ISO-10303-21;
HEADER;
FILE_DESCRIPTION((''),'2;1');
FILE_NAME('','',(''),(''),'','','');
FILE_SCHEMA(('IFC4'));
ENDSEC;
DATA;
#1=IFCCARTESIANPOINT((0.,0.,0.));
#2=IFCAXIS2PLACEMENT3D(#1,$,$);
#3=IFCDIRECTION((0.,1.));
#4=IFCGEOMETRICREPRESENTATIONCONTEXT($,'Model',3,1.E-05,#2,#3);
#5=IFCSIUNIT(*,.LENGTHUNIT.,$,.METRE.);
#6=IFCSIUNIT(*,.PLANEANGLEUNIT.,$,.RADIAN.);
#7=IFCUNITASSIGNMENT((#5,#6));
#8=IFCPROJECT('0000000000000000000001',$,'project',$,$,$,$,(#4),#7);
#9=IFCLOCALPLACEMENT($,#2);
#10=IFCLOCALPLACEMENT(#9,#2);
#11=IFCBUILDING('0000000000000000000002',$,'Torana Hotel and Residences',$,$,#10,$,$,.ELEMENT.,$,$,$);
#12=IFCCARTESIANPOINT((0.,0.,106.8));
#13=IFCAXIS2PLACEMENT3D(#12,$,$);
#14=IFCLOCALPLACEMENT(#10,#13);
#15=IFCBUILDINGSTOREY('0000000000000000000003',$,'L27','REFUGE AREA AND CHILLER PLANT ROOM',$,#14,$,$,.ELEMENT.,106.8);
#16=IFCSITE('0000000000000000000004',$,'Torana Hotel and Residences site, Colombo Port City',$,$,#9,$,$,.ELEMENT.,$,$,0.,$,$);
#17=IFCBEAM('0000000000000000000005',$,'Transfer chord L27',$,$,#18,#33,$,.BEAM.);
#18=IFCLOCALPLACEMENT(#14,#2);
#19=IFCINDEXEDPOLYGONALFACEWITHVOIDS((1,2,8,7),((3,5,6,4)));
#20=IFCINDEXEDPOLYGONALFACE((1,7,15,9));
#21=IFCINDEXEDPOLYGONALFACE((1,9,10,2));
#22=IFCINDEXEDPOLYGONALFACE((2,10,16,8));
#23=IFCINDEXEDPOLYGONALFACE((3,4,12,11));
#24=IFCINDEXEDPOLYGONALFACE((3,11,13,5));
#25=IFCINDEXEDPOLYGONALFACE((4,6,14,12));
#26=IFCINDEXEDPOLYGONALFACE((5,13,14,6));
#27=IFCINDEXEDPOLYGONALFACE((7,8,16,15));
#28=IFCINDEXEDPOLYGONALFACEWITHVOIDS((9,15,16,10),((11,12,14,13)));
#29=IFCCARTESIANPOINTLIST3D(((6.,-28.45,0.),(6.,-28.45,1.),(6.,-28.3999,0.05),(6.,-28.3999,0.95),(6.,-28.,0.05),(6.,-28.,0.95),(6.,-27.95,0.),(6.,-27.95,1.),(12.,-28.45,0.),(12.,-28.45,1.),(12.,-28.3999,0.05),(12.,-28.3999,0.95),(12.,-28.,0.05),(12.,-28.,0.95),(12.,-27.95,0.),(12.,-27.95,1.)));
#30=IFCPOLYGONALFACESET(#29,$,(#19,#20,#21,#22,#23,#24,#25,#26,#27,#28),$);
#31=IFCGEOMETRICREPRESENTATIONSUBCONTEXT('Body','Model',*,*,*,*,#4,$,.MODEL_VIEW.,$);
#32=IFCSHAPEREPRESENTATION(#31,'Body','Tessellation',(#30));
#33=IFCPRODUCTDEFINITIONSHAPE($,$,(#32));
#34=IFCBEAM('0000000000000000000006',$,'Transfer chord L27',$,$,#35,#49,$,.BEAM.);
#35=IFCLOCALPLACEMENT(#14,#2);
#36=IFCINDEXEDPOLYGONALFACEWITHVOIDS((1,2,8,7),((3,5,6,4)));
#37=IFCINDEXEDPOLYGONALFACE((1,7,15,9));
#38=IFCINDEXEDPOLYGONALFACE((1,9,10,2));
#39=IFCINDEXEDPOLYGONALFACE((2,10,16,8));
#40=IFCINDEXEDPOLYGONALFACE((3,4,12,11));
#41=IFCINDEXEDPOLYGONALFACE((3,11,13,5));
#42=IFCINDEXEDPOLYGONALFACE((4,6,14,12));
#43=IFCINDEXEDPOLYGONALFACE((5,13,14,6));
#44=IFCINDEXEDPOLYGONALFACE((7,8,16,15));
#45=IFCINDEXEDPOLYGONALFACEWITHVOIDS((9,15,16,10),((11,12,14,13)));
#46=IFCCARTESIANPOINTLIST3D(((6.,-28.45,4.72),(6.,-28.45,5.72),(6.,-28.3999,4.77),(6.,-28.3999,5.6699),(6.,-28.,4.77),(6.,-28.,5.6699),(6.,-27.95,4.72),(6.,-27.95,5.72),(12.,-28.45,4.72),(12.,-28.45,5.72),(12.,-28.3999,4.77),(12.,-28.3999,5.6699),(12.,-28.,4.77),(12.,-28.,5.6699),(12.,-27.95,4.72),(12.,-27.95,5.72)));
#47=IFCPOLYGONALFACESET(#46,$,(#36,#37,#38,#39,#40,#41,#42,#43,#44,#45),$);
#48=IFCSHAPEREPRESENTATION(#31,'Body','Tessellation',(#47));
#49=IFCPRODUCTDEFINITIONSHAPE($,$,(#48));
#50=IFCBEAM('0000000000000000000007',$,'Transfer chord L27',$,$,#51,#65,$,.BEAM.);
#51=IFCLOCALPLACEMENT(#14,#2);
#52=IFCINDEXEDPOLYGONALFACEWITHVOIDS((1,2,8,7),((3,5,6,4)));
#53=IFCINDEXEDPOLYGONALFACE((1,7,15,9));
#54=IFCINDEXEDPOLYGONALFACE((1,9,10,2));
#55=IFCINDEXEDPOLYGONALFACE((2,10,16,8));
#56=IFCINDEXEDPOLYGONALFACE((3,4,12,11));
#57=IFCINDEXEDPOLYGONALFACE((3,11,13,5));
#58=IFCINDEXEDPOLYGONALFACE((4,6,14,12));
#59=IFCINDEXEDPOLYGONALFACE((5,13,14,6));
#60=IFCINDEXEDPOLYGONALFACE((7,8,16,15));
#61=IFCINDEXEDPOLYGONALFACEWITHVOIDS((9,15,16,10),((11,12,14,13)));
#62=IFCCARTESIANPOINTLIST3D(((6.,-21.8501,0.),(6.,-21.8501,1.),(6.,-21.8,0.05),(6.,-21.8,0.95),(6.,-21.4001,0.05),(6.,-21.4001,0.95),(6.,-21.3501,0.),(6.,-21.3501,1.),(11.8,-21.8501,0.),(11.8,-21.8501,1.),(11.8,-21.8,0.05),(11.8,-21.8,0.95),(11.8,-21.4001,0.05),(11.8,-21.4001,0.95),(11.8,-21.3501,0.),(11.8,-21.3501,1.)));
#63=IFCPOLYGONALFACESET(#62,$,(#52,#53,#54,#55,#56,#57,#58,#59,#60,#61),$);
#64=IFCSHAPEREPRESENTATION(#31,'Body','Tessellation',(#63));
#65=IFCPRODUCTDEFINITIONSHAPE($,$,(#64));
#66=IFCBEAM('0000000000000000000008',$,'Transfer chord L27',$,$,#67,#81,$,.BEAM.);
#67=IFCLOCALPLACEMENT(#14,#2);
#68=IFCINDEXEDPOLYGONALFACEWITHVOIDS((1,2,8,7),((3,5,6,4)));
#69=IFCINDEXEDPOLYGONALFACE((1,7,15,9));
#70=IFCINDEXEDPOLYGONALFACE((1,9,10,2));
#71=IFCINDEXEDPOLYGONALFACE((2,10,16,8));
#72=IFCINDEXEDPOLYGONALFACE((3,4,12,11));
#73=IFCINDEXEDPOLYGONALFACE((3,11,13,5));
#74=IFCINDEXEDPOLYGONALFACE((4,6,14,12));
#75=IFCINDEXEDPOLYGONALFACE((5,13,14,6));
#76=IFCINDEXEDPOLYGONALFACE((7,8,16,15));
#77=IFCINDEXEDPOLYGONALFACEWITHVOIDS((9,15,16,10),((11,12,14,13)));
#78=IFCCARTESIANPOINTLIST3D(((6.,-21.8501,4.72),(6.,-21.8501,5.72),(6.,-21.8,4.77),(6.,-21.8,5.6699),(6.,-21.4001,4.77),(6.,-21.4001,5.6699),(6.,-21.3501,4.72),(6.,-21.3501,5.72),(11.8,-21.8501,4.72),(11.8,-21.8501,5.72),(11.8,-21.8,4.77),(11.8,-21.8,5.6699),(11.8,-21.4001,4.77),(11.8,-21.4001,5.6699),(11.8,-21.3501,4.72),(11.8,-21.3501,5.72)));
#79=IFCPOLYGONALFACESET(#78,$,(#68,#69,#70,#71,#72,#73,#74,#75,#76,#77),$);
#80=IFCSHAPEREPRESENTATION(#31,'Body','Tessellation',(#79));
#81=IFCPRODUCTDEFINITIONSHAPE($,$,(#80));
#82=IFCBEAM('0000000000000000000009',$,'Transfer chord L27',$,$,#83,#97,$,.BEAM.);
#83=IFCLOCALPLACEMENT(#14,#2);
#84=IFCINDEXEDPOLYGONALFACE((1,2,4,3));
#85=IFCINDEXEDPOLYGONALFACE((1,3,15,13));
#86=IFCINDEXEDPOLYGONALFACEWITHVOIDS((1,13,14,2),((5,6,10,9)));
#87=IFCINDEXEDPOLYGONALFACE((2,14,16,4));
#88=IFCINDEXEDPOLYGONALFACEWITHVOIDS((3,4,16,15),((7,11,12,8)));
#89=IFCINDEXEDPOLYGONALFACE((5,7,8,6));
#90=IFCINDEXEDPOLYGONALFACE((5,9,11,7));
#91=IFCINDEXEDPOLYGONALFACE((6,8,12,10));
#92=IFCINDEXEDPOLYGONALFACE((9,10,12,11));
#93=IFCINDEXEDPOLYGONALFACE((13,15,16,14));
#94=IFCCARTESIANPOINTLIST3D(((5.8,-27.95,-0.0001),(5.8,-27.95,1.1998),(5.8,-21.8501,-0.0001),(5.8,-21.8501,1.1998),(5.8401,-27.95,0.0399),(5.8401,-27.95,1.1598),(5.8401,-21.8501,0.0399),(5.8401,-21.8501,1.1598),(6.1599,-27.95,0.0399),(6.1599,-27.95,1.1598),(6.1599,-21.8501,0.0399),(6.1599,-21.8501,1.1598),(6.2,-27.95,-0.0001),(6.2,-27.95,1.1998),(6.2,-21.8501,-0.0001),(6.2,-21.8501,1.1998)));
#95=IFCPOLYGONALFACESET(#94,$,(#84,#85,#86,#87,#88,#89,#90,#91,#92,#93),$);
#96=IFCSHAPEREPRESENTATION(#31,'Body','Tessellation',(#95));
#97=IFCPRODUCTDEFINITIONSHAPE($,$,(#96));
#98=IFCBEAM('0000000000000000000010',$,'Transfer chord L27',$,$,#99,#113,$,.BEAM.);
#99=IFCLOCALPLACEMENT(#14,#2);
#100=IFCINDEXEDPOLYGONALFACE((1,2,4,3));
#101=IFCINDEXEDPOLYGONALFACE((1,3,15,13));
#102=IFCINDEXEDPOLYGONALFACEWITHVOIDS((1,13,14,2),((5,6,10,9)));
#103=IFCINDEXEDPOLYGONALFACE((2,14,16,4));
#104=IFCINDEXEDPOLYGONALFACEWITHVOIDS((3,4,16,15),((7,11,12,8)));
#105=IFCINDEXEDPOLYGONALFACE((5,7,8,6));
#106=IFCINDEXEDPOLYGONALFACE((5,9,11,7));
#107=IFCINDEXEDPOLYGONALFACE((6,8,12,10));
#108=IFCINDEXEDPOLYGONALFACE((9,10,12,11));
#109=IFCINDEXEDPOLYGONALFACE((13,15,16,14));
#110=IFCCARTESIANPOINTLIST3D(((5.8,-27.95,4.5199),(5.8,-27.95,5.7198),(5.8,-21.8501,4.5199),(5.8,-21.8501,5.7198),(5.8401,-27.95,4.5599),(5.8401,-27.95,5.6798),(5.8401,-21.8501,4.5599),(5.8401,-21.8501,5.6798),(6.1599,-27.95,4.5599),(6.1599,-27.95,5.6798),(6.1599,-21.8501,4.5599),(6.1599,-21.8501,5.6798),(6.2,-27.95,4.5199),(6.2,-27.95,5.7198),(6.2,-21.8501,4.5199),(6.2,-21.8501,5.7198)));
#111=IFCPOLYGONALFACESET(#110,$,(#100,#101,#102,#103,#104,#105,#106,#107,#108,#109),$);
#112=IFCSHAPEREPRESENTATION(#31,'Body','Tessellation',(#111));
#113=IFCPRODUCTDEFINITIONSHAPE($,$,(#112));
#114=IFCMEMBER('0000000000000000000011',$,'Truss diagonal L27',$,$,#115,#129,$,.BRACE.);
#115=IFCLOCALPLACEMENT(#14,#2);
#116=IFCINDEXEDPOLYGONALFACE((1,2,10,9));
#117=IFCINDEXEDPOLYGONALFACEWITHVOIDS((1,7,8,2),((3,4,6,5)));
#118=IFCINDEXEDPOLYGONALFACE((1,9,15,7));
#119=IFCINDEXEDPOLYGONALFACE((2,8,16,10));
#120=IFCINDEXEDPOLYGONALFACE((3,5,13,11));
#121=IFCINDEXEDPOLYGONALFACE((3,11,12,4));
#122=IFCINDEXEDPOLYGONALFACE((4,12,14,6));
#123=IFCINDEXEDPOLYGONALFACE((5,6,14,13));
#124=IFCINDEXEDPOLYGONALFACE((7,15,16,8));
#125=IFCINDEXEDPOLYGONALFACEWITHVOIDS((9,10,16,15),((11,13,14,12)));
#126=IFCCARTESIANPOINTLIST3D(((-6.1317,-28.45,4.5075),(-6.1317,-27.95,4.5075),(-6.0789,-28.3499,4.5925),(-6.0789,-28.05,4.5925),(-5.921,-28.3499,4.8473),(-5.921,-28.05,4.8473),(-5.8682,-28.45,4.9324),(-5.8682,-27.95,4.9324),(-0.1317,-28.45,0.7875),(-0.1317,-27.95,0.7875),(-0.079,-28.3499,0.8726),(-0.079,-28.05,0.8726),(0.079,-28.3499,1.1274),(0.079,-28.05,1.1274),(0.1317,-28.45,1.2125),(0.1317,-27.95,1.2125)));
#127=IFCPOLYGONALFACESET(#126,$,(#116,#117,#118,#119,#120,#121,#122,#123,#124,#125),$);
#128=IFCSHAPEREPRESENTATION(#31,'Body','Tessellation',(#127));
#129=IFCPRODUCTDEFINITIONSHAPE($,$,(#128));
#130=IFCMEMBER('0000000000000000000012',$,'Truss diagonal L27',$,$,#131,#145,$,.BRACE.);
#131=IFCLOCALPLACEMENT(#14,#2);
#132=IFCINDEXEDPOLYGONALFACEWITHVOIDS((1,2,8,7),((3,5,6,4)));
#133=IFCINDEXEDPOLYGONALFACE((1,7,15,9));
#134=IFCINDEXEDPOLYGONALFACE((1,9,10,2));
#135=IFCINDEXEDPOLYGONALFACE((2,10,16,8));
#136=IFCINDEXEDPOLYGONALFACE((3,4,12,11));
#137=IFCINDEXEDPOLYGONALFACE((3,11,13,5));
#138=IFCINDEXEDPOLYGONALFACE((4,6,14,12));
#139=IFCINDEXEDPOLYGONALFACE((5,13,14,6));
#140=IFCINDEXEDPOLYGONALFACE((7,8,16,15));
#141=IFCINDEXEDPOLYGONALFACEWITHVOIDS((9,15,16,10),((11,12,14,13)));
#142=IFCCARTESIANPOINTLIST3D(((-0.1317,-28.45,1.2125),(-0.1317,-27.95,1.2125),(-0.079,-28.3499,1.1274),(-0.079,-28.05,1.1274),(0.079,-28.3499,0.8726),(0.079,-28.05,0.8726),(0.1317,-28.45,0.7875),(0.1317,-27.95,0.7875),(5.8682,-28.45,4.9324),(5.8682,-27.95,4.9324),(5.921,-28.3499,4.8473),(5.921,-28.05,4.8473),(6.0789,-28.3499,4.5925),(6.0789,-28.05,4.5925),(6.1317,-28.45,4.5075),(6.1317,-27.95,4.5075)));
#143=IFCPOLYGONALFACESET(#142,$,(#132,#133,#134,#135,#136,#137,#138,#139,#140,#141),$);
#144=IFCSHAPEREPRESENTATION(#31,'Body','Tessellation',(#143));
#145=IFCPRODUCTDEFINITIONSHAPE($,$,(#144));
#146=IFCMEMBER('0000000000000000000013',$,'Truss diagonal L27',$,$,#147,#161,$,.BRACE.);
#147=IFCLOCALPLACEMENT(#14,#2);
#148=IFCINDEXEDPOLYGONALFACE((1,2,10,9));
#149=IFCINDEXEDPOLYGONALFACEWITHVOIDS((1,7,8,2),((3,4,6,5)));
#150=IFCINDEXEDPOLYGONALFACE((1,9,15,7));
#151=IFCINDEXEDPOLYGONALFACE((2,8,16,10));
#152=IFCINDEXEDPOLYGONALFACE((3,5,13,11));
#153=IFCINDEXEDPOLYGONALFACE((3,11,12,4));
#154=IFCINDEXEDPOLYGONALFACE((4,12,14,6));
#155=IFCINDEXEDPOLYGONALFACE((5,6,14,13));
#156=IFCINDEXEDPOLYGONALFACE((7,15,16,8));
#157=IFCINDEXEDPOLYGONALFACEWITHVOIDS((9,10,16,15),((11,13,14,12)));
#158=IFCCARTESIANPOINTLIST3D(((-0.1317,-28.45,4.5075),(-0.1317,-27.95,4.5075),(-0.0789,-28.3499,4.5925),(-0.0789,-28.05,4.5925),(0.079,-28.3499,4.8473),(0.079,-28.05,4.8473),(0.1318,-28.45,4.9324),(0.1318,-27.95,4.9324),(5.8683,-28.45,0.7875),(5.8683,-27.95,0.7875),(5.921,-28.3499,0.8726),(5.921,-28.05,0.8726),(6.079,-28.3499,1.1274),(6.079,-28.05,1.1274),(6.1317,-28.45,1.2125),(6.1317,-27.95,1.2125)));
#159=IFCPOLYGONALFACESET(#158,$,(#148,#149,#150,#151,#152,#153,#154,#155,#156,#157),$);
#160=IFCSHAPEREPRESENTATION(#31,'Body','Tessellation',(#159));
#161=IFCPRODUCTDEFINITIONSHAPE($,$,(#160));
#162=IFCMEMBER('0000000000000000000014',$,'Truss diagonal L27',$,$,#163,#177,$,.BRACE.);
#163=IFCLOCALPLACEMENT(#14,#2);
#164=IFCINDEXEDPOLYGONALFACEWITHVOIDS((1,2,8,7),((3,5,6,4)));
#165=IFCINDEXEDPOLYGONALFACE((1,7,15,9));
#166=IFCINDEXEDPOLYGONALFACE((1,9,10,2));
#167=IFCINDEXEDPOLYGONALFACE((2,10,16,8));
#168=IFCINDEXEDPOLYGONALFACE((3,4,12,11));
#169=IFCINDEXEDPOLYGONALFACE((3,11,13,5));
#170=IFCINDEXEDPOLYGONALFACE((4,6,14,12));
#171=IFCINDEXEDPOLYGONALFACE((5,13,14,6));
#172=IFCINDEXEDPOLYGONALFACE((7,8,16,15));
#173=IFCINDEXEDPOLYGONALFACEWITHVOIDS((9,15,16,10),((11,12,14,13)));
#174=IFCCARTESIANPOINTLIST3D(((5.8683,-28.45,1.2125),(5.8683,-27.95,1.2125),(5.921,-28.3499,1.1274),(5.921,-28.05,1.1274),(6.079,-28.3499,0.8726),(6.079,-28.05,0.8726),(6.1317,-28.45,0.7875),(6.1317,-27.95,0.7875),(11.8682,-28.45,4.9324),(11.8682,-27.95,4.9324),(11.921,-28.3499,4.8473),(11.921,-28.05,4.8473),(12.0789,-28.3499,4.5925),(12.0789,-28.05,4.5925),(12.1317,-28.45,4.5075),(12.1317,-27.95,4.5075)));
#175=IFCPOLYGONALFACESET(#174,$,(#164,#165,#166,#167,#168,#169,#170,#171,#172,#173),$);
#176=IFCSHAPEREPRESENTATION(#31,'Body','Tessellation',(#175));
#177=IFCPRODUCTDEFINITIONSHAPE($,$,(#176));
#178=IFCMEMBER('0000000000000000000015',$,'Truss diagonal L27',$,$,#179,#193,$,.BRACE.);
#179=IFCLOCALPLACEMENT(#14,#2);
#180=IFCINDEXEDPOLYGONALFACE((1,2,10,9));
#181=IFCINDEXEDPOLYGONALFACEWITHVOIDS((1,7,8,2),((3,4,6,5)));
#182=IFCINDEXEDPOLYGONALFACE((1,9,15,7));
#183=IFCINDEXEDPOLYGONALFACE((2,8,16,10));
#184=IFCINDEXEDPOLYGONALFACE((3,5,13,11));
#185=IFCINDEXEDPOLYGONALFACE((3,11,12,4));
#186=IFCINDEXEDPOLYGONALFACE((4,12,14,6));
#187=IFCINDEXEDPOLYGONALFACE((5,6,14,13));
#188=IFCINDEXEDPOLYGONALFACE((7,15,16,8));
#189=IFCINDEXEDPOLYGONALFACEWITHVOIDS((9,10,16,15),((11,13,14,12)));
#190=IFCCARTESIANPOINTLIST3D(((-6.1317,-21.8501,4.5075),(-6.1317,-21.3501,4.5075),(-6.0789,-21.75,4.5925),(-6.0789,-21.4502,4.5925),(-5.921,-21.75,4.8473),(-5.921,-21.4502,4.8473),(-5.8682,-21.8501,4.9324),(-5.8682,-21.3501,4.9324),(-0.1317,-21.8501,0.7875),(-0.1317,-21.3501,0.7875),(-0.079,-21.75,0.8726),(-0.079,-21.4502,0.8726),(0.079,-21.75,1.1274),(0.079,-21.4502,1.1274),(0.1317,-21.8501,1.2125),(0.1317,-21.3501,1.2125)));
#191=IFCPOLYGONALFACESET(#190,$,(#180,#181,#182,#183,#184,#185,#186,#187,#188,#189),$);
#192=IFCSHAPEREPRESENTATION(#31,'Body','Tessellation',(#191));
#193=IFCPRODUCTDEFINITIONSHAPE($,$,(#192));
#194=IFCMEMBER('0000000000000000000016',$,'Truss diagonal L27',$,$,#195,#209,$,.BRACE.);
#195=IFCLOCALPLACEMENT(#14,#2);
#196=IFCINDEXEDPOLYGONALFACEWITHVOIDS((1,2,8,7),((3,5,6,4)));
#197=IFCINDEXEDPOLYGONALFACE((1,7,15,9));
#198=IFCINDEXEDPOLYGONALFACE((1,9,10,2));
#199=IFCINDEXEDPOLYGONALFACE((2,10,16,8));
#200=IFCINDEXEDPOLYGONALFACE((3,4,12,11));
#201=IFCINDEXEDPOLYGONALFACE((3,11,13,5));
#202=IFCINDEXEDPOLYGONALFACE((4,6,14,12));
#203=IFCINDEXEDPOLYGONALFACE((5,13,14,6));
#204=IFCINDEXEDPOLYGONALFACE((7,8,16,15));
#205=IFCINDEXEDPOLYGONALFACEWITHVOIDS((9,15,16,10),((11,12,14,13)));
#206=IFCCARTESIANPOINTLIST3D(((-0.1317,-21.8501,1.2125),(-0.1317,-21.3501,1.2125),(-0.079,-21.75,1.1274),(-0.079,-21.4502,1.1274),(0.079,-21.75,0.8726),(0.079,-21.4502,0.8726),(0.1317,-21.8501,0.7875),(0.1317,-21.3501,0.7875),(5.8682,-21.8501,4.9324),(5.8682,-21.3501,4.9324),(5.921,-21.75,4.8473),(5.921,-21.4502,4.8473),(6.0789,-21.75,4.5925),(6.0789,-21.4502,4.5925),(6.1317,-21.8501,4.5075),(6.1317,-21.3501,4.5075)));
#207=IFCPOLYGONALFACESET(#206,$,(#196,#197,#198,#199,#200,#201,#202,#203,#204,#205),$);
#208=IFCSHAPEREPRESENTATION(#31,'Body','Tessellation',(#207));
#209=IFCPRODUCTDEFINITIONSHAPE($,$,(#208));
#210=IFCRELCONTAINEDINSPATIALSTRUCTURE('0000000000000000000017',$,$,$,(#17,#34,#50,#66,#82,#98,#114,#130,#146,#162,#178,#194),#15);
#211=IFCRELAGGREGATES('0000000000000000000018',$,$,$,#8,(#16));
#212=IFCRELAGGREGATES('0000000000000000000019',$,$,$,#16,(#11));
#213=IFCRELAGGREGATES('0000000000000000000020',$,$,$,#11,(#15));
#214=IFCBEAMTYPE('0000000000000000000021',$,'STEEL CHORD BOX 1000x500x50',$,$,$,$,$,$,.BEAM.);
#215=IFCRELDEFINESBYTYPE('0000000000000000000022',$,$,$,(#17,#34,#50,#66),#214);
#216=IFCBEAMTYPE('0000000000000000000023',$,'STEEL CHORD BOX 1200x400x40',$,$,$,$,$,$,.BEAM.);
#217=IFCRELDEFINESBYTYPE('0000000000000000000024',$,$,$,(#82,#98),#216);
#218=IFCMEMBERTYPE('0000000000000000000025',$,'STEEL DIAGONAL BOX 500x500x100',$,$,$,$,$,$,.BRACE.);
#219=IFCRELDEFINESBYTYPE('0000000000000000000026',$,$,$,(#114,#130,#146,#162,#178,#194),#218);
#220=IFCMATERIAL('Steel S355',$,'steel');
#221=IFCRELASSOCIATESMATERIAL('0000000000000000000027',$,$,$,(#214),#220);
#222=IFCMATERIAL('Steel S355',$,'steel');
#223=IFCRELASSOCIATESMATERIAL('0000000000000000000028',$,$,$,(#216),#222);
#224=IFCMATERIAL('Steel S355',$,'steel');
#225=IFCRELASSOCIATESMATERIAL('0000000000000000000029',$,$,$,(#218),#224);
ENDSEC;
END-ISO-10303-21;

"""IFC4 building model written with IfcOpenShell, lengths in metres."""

from ifc_helpers import new_model, si_unit, direction, frame, origin, origin_2d, place, context, subcontext, project, spatial, hollow_rectangle, extrude, material, material_profile, profile_set, type_object, element, save


model = new_model("IFC4")

# Units and contexts
model_context = context("Model", 3, precision=1e-05, world=origin(), true_north=direction((0.0, 1.0)))
body_context = subcontext(model_context, "Body", "Model", "MODEL_VIEW")
ifc_project = project(units=[si_unit("LENGTHUNIT", "METRE"), si_unit("PLANEANGLEUNIT", "RADIAN")], contexts=[model_context])

# Site, building, storey
site_placement = place(None, origin())
site = spatial("IfcSite", under=ifc_project, at=site_placement, Name="Torana Hotel and Residences site, Colombo Port City", CompositionType="ELEMENT", RefElevation=0.0)
building_placement = place(site_placement, origin())
building = spatial("IfcBuilding", under=site, at=building_placement, Name="Torana Hotel and Residences", CompositionType="ELEMENT")
storey_placement = place(building_placement, frame((0.0, 0.0, 106.8)))
storey = spatial("IfcBuildingStorey", under=building, at=storey_placement, Name="L27", Description="REFUGE AREA AND CHILLER PLANT ROOM", CompositionType="ELEMENT", Elevation=106.8)

# Beams
ifc_material_1 = material(Name="Steel S355", Category="steel")
ifc_material_profile_1 = material_profile(ifc_material_1, hollow_rectangle(XDim=0.5, YDim=1.0, WallThickness=0.05, at=origin_2d()), Name="BOX 1000x500x50")
ifc_profile_set_1 = profile_set([ifc_material_profile_1], Name="Steel S355")
beam_type_1 = type_object("IfcBeamType", Name="STEEL CHORD BOX 1000x500x50", PredefinedType="BEAM", material=ifc_profile_set_1)
for number, where, z_axis, x_axis, name in (
    (1, (6.0, -28.2, 0.5), (1.0, 0.0, 0.0), (0.0, 1.0, 0.0), "Transfer chord L27"),
    (2, (6.0, -28.2, 5.22), (1.0, 0.0, 0.0), (0.0, 1.0, 0.0), "Transfer chord L27"),
):
    element("IfcBeam", number, at=place(storey_placement, frame(where, z_axis=z_axis, x_axis=x_axis)), inside=storey, type_object=beam_type_1, Name=name, PredefinedType="BEAM", context=body_context, shape_type="SweptSolid", body=[
        extrude(hollow_rectangle(XDim=0.5, YDim=1.0, WallThickness=0.05, at=origin_2d()), origin(), (0.0, 0.0, 1.0), 6.0),
    ])
for number, where, z_axis, x_axis, name in (
    (3, (6.0, -21.6001, 0.5), (1.0, 0.0, 0.0), (0.0, 1.0, 0.0), "Transfer chord L27"),
    (4, (6.0, -21.6001, 5.22), (1.0, 0.0, 0.0), (0.0, 1.0, 0.0), "Transfer chord L27"),
):
    element("IfcBeam", number, at=place(storey_placement, frame(where, z_axis=z_axis, x_axis=x_axis)), inside=storey, type_object=beam_type_1, Name=name, PredefinedType="BEAM", context=body_context, shape_type="SweptSolid", body=[
        extrude(hollow_rectangle(XDim=0.5, YDim=1.0, WallThickness=0.05, at=origin_2d()), origin(), (0.0, 0.0, 1.0), 5.8),
    ])
ifc_material_2 = material(Name="Steel S355", Category="steel")
ifc_material_profile_2 = material_profile(ifc_material_2, hollow_rectangle(XDim=0.3999, YDim=1.2, WallThickness=0.04, at=origin_2d()), Name="BOX 1200x400x40")
ifc_profile_set_2 = profile_set([ifc_material_profile_2], Name="Steel S355")
beam_type_2 = type_object("IfcBeamType", Name="STEEL CHORD BOX 1200x400x40", PredefinedType="BEAM", material=ifc_profile_set_2)
for number, where, z_axis, x_axis, name in (
    (5, (6.0, -27.95, 0.5999), (0.0, 1.0, 0.0), (-1.0, 0.0, 0.0), "Transfer chord L27"),
    (6, (6.0, -27.95, 5.1199), (0.0, 1.0, 0.0), (-1.0, 0.0, 0.0), "Transfer chord L27"),
):
    element("IfcBeam", number, at=place(storey_placement, frame(where, z_axis=z_axis, x_axis=x_axis)), inside=storey, type_object=beam_type_2, Name=name, PredefinedType="BEAM", context=body_context, shape_type="SweptSolid", body=[
        extrude(hollow_rectangle(XDim=0.3999, YDim=1.2, WallThickness=0.04, at=origin_2d()), origin(), (0.0, 0.0, 1.0), 6.0999),
    ])

# Members
ifc_material_3 = material(Name="Steel S355", Category="steel")
ifc_material_profile_3 = material_profile(ifc_material_3, hollow_rectangle(XDim=0.5, YDim=0.5, WallThickness=0.1001, at=origin_2d()), Name="BOX 500x500x100")
ifc_profile_set_3 = profile_set([ifc_material_profile_3], Name="Steel S355")
member_type_1 = type_object("IfcMemberType", Name="STEEL DIAGONAL BOX 500x500x100", PredefinedType="BRACE", material=ifc_profile_set_3)
for number, where, z_axis, x_axis, name in (
    (7, (0.0, -28.2, 1.0), (-0.849905, 0.0, 0.526937), (0.0, -1.0, 0.0), "Truss diagonal L27"),
    (8, (0.0, -28.2, 1.0), (0.849905, 0.0, 0.526937), (0.0, 1.0, 0.0), "Truss diagonal L27"),
    (9, (6.0, -28.2, 1.0), (-0.849905, 0.0, 0.526937), (0.0, -1.0, 0.0), "Truss diagonal L27"),
    (10, (6.0, -28.2, 1.0), (0.849905, 0.0, 0.526937), (0.0, 1.0, 0.0), "Truss diagonal L27"),
    (11, (0.0, -21.6001, 1.0), (-0.849905, 0.0, 0.526937), (0.0, -1.0, 0.0), "Truss diagonal L27"),
    (12, (0.0, -21.6001, 1.0), (0.849905, 0.0, 0.526937), (0.0, 1.0, 0.0), "Truss diagonal L27"),
):
    element("IfcMember", number, at=place(storey_placement, frame(where, z_axis=z_axis, x_axis=x_axis)), inside=storey, type_object=member_type_1, Name=name, PredefinedType="BRACE", context=body_context, shape_type="SweptSolid", body=[
        extrude(hollow_rectangle(XDim=0.5, YDim=0.5, WallThickness=0.1001, at=origin_2d()), origin(), (0.0, 0.0, 1.0), 7.0596),
    ])

save(model, "model.ifc")
